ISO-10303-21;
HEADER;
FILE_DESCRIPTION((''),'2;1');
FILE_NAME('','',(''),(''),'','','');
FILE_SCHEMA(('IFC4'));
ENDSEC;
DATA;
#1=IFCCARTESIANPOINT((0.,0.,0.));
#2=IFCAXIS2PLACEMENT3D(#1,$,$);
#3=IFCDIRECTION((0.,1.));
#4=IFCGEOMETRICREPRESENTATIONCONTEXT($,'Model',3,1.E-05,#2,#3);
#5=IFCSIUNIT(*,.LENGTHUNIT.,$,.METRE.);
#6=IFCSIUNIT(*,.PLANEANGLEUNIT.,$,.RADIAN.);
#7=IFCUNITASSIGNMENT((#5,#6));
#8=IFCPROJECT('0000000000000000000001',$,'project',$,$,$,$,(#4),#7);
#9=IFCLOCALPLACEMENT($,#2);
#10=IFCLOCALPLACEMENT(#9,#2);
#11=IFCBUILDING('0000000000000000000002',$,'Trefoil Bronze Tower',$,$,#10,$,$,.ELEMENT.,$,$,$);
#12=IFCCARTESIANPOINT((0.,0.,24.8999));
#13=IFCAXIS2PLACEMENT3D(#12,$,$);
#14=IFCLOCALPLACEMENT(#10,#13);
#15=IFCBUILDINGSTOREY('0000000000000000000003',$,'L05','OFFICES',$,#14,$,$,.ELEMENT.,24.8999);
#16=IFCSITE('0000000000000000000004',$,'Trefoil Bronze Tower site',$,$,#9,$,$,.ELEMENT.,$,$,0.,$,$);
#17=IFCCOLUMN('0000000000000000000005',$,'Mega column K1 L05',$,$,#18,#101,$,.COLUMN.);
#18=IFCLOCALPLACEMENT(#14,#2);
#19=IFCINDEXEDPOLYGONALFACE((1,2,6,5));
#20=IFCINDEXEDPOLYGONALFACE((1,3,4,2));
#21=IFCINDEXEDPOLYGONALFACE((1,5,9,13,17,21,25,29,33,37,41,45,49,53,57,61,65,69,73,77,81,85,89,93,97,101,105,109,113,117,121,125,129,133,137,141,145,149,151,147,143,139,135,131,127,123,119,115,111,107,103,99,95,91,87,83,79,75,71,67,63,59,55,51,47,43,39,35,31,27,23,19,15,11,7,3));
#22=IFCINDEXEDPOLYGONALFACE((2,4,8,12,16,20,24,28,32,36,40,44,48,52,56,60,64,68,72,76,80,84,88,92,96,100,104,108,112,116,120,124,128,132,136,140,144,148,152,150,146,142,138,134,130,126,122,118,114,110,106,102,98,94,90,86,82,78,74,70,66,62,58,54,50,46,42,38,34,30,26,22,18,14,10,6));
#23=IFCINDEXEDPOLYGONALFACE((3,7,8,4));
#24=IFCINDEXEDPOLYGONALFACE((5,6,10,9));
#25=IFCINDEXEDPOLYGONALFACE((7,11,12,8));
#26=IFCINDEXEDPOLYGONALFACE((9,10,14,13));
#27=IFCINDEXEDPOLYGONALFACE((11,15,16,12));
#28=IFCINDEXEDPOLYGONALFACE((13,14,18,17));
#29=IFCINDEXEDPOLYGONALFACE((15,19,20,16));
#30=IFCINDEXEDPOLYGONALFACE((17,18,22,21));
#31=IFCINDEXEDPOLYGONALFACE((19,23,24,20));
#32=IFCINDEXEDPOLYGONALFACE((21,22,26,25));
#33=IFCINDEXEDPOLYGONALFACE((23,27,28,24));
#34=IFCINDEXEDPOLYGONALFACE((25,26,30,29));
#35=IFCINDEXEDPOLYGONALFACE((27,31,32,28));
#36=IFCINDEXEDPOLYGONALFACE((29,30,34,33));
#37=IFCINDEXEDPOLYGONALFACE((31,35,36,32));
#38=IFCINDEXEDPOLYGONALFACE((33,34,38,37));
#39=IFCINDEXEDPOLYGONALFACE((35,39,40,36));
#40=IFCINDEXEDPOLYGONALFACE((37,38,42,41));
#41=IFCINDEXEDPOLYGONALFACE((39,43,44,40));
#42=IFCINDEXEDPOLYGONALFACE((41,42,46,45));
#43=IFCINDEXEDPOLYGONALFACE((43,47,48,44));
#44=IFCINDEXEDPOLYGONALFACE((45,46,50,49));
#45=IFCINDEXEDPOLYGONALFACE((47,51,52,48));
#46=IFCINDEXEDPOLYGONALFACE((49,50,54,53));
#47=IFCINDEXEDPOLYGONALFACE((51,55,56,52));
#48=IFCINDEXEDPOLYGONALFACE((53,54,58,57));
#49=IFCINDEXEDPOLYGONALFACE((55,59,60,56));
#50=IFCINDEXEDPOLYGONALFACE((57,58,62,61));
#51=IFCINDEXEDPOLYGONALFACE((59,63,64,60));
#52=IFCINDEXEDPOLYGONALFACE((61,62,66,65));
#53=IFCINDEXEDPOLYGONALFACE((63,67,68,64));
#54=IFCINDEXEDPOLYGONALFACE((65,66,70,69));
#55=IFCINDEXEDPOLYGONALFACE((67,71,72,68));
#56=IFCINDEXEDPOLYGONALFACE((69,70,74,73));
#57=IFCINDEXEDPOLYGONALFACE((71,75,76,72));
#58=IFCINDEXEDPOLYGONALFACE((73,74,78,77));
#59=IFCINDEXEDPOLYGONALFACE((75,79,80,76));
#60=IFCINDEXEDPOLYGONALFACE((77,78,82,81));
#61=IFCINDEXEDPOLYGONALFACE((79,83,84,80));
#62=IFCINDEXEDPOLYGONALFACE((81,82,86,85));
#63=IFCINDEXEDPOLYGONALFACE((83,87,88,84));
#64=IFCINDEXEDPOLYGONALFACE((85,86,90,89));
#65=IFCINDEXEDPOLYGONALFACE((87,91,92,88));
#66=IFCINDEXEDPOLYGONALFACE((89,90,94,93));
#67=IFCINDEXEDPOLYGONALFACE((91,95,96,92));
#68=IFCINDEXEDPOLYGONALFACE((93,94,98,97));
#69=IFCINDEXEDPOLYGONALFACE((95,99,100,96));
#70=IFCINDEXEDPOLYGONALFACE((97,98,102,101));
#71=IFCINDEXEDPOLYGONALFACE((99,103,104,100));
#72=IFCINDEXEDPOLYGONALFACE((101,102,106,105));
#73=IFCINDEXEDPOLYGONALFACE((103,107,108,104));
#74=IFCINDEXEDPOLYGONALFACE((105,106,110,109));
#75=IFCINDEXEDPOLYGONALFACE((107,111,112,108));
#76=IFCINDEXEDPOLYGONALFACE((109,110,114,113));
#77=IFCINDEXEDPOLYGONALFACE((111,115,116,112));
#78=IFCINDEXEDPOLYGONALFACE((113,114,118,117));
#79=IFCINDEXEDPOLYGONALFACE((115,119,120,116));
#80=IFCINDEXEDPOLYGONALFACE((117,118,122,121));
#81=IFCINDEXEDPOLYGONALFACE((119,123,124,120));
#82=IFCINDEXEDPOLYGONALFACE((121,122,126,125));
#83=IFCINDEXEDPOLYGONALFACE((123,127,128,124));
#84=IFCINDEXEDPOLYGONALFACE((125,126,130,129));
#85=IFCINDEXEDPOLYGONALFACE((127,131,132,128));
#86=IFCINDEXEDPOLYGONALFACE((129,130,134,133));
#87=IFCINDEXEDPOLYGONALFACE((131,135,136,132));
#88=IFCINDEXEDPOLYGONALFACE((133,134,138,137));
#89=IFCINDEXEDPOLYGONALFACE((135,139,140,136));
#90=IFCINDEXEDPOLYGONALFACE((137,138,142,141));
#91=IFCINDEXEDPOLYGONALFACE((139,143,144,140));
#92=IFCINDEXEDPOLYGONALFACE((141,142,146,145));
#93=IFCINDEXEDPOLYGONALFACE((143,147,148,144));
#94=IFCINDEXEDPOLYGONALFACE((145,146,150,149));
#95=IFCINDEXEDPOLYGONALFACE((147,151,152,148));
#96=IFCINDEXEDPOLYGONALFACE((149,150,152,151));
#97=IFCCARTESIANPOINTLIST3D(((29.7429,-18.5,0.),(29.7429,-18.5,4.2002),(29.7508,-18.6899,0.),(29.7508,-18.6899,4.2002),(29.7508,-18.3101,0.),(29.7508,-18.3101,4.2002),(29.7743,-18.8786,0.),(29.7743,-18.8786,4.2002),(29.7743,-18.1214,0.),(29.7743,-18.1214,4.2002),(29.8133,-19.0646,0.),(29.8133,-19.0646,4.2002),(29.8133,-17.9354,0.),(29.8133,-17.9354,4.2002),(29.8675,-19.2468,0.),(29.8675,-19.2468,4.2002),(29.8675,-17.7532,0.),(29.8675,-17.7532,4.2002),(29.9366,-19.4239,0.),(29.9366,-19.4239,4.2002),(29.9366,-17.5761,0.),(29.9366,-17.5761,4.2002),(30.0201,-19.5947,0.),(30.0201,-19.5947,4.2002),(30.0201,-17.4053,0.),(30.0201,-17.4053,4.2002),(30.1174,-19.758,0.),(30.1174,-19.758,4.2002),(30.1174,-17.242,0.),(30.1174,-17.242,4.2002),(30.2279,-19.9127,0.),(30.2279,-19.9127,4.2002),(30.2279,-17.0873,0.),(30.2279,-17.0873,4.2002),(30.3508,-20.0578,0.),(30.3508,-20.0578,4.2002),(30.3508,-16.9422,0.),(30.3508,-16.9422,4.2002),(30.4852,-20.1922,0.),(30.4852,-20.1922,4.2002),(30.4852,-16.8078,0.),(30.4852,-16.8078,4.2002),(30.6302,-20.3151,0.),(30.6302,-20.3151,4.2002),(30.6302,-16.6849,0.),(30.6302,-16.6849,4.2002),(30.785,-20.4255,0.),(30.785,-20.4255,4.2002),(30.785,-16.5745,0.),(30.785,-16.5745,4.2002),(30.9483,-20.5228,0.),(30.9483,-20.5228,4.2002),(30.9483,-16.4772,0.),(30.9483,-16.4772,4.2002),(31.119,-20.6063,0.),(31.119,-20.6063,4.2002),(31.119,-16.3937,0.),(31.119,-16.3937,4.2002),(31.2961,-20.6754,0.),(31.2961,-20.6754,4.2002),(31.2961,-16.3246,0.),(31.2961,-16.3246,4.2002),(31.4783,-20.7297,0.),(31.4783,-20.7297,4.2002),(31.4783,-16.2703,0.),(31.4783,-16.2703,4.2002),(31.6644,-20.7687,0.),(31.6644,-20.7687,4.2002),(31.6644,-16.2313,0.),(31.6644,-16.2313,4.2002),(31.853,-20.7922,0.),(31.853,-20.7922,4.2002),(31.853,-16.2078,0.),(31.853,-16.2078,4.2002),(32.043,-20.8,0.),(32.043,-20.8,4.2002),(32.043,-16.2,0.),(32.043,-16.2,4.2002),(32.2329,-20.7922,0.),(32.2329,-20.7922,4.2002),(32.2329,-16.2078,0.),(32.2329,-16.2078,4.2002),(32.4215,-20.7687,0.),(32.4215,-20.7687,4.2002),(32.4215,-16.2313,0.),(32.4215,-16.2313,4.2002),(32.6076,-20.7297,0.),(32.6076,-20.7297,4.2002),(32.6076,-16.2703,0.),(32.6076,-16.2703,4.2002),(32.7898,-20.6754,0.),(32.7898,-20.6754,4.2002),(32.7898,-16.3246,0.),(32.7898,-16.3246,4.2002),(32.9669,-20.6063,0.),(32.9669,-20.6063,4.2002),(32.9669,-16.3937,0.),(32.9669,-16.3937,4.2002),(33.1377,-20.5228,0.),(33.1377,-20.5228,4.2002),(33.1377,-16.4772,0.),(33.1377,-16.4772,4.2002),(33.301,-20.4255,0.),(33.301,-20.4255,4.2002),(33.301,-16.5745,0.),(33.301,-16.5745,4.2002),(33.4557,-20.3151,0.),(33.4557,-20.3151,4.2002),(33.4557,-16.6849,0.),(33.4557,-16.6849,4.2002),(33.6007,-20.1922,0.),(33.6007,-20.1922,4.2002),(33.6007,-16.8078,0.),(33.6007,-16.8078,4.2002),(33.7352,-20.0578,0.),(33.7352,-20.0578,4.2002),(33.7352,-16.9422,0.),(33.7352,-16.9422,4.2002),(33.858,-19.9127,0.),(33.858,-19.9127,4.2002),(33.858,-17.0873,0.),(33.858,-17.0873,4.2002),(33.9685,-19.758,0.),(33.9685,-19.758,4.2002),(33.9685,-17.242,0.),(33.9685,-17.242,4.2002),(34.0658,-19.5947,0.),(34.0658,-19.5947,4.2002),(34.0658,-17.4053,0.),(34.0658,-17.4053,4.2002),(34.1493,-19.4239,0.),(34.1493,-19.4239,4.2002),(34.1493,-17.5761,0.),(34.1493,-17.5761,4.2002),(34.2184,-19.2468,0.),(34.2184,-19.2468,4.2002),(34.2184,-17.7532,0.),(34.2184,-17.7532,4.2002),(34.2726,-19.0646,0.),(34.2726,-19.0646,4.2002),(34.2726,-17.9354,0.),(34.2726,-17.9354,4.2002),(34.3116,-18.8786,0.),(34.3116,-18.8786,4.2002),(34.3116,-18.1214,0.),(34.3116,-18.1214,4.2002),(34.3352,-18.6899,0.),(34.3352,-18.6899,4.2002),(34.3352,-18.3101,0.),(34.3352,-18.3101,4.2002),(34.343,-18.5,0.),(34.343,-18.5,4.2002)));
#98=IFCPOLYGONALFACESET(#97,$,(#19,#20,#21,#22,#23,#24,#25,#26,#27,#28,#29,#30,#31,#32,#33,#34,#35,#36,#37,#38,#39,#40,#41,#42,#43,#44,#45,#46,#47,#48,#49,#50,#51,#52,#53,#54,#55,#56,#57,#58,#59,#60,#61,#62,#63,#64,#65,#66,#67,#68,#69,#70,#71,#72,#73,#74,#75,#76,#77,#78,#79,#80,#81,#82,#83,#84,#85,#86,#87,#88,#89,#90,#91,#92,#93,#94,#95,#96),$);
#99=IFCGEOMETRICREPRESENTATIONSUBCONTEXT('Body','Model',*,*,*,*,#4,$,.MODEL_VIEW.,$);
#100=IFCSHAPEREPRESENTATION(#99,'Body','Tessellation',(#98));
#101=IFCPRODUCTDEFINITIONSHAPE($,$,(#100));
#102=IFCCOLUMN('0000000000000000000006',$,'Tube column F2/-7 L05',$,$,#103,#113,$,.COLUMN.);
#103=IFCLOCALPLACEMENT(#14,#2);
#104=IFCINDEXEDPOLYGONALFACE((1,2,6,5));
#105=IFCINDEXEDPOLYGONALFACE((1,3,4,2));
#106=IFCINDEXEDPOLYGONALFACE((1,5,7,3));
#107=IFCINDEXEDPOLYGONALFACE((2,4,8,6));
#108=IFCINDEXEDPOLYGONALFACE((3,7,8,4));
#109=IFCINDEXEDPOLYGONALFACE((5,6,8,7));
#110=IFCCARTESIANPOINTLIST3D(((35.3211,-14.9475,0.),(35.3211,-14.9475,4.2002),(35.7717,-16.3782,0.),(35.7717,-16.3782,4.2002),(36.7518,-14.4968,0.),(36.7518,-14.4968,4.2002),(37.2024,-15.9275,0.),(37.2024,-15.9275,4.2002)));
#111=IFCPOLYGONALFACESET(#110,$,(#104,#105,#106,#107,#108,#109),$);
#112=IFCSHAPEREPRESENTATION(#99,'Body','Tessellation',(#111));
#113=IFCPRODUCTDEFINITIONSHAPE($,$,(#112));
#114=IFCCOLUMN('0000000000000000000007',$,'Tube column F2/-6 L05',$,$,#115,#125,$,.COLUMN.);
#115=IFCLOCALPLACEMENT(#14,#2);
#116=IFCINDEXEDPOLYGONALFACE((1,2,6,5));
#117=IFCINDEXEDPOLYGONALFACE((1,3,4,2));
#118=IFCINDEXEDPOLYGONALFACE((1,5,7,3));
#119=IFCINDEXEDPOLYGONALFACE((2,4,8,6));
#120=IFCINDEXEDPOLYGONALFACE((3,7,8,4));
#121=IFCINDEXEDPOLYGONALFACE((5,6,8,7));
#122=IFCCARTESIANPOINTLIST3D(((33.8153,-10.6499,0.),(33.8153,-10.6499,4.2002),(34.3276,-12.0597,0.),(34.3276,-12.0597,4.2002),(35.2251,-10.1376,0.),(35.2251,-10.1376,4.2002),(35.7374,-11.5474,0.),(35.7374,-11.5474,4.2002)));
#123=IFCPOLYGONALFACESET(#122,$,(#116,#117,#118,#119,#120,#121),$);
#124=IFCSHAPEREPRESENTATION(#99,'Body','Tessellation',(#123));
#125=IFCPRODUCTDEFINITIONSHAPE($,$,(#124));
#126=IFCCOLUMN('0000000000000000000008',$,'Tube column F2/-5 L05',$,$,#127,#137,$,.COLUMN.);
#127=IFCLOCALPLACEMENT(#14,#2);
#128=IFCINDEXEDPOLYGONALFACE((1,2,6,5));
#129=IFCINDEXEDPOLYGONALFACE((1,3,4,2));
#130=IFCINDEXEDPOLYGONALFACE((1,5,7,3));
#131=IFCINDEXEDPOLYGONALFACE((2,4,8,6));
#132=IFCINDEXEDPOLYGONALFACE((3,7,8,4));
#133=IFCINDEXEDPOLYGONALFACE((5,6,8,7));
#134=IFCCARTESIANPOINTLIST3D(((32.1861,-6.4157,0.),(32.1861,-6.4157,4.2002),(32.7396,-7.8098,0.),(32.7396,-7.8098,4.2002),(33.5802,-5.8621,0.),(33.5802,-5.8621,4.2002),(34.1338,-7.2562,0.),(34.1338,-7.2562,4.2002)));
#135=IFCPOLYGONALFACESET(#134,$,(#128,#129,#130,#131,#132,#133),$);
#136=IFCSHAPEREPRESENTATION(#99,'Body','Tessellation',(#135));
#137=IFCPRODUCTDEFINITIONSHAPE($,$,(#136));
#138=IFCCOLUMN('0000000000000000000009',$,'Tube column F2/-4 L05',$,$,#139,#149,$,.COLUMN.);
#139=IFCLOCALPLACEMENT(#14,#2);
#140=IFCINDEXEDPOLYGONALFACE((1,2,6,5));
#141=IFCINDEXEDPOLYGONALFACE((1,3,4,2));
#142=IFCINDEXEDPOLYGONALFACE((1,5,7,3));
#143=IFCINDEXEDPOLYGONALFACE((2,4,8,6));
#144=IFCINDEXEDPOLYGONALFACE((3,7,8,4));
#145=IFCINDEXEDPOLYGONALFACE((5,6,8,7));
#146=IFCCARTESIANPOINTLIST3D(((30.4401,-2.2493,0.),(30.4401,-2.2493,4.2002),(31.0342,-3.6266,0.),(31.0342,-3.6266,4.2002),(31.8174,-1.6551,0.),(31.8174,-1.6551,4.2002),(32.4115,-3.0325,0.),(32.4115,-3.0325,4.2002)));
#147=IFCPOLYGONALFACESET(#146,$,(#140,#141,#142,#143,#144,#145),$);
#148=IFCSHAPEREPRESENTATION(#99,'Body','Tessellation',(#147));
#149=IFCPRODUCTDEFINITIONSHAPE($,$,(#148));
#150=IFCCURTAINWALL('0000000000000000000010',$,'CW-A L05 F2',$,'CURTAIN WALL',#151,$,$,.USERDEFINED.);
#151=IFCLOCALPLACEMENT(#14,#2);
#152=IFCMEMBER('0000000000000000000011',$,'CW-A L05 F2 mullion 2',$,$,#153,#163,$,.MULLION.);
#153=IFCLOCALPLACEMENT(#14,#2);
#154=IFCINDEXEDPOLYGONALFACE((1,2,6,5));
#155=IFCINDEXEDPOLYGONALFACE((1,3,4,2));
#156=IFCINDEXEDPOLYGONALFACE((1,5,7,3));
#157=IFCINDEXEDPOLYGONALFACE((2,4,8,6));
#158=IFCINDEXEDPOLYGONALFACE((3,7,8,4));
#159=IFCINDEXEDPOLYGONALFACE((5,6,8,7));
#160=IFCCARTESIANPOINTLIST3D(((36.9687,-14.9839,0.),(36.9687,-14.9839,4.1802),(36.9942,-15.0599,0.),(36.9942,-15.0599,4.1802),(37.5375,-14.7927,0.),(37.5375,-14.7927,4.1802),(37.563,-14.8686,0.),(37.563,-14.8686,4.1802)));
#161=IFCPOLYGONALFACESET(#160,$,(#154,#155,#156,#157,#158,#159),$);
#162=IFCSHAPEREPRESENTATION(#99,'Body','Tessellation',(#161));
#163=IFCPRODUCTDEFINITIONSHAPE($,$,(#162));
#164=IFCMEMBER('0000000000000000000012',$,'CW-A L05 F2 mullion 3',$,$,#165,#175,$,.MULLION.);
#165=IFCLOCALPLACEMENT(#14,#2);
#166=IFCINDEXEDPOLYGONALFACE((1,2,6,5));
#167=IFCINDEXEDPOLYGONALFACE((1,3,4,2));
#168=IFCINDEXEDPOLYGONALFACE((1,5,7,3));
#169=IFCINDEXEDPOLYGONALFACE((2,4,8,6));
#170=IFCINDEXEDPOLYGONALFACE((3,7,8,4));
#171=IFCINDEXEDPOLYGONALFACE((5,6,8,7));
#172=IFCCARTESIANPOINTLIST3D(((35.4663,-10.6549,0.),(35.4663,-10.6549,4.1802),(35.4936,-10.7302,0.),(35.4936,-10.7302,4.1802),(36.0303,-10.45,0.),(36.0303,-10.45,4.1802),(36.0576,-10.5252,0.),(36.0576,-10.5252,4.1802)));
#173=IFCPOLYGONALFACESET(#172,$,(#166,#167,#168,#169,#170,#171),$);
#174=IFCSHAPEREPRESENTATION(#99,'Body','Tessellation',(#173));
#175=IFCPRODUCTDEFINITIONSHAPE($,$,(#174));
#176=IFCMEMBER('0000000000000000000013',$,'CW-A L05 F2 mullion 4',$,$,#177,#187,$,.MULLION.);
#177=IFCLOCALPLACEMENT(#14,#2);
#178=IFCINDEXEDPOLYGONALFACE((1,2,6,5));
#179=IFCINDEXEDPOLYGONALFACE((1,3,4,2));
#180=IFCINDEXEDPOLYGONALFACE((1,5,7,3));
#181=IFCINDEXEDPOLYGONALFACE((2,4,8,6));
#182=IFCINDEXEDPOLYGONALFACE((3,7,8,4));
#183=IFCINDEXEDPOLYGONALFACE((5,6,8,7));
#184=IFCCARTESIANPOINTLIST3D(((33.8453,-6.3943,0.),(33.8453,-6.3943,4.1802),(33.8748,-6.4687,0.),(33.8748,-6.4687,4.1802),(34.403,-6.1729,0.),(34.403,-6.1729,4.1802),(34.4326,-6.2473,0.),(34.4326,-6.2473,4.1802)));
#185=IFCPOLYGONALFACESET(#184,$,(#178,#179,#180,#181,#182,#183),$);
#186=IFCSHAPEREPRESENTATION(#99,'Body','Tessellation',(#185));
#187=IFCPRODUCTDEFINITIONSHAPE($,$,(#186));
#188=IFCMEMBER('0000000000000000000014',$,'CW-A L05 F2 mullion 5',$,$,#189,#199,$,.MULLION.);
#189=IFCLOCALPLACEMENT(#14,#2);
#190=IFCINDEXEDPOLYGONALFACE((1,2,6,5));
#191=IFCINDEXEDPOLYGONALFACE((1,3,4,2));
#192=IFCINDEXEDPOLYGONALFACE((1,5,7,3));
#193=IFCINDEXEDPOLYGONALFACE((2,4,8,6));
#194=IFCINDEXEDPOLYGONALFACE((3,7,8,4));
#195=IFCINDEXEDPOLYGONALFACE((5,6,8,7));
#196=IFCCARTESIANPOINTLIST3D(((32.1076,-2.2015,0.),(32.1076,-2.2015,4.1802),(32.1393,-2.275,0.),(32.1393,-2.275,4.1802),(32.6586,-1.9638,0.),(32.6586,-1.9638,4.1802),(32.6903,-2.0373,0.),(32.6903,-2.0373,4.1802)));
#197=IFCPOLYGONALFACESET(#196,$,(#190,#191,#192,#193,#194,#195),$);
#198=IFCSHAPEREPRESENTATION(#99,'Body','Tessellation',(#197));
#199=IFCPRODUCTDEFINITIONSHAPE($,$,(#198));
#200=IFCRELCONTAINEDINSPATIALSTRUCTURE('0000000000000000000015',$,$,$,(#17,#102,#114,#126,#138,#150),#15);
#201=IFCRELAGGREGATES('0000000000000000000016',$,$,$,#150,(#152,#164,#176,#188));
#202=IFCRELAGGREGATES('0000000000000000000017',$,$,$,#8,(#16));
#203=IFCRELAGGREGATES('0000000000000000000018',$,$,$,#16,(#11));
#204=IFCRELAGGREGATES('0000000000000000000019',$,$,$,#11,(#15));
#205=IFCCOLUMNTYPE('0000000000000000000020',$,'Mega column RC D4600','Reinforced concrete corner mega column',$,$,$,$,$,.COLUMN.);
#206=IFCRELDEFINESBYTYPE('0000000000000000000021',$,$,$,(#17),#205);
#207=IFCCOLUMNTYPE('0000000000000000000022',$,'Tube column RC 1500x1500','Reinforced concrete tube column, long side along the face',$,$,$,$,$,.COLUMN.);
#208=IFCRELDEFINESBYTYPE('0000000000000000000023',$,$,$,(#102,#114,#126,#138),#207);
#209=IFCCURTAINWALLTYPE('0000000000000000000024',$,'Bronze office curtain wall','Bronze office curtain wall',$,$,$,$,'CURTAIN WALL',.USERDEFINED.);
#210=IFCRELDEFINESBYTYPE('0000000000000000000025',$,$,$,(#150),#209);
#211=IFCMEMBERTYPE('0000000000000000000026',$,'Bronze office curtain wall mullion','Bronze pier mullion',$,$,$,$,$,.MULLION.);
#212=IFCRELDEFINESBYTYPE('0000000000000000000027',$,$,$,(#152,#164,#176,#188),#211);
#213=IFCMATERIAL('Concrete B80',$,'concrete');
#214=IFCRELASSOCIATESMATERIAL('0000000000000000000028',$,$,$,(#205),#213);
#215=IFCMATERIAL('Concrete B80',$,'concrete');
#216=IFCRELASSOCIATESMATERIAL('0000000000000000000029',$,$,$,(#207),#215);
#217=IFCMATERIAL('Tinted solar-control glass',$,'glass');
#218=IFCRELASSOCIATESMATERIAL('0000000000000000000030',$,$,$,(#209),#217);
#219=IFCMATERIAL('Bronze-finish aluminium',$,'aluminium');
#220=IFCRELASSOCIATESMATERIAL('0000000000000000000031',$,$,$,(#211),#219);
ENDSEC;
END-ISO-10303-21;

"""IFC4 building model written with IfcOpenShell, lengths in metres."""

from ifc_helpers import new_model, si_unit, direction, frame, origin, origin_2d, place, context, subcontext, project, spatial, rectangle, circle, extrude, material, material_profile, profile_set, type_object, element, aggregate, save


model = new_model("IFC4")

# Units and contexts
model_context = context("Model", 3, precision=1e-05, world=origin(), true_north=direction((0.0, 1.0)))
body_context = subcontext(model_context, "Body", "Model", "MODEL_VIEW")
ifc_project = project(units=[si_unit("LENGTHUNIT", "METRE"), si_unit("PLANEANGLEUNIT", "RADIAN")], contexts=[model_context])

# Site, building, storey
site_placement = place(None, origin())
site = spatial("IfcSite", under=ifc_project, at=site_placement, Name="Trefoil Bronze Tower site", CompositionType="ELEMENT", RefElevation=0.0)
building_placement = place(site_placement, origin())
building = spatial("IfcBuilding", under=site, at=building_placement, Name="Trefoil Bronze Tower", CompositionType="ELEMENT")
storey_placement = place(building_placement, frame((0.0, 0.0, 24.8999)))
storey = spatial("IfcBuildingStorey", under=building, at=storey_placement, Name="L05", Description="OFFICES", CompositionType="ELEMENT", Elevation=24.8999)

# Columns
ifc_material_1 = material(Name="Concrete B80", Category="concrete")
ifc_material_profile_1 = material_profile(ifc_material_1, circle(Radius=2.3, at=origin_2d()), Name="RC D4600")
ifc_profile_set_1 = profile_set([ifc_material_profile_1], Name="Concrete B80")
column_type_1 = type_object("IfcColumnType", Name="Mega column RC D4600", Description="Reinforced concrete corner mega column", PredefinedType="COLUMN", material=ifc_profile_set_1)
column_placement = place(storey_placement, frame((32.043, -18.5, 0.0), z_axis=(0.0, 0.0, 1.0), x_axis=(1.0, 0.0, 0.0)))
element("IfcColumn", 1, at=column_placement, inside=storey, type_object=column_type_1, Name="Mega column K1 L05", PredefinedType="COLUMN", context=body_context, shape_type="SweptSolid", body=[
    extrude(circle(Radius=2.3, at=origin_2d()), origin(), (0.0, 0.0, 1.0), 4.2002),
])
ifc_material_2 = material(Name="Concrete B80", Category="concrete")
ifc_material_profile_2 = material_profile(ifc_material_2, rectangle(XDim=1.5, YDim=1.5, at=origin_2d()), Name="RC 1500x1500")
ifc_profile_set_2 = profile_set([ifc_material_profile_2], Name="Concrete B80")
column_type_2 = type_object("IfcColumnType", Name="Tube column RC 1500x1500", Description="Reinforced concrete tube column, long side along the face", PredefinedType="COLUMN", material=ifc_profile_set_2)
for number, where, z_axis, x_axis, name in (
    (2, (36.2617, -15.4375, 0.0), (0.0, 0.0, 1.0), (-0.300414, 0.953809, 0.0), "Tube column F2/-7 L05"),
    (3, (34.7764, -11.0986, 0.0), (0.0, 0.0, 1.0), (-0.341559, 0.93986, 0.0), "Tube column F2/-6 L05"),
    (4, (33.1599, -6.8359, 0.0), (0.0, 0.0, 1.0), (-0.36904, 0.929414, 0.0), "Tube column F2/-5 L05"),
    (5, (31.4258, -2.6409, 0.0), (0.0, 0.0, 1.0), (-0.396085, 0.918214, 0.0), "Tube column F2/-4 L05"),
):
    element("IfcColumn", number, at=place(storey_placement, frame(where, z_axis=z_axis, x_axis=x_axis)), inside=storey, type_object=column_type_2, Name=name, PredefinedType="COLUMN", context=body_context, shape_type="SweptSolid", body=[
        extrude(rectangle(XDim=1.5, YDim=1.5, at=origin_2d()), origin(), (0.0, 0.0, 1.0), 4.2002),
    ])

# Curtain wall, members
ifc_material_3 = material(Name="Tinted solar-control glass", Category="glass")
curtain_wall_type_1 = type_object("IfcCurtainWallType", Name="Bronze office curtain wall", Description="Bronze office curtain wall", ElementType="CURTAIN WALL", PredefinedType="USERDEFINED", material=ifc_material_3)
curtain_wall_1_placement = place(storey_placement, origin())
curtain_wall_1 = element("IfcCurtainWall", 6, at=curtain_wall_1_placement, inside=storey, type_object=curtain_wall_type_1, Name="CW-A L05 F2", ObjectType="CURTAIN WALL", PredefinedType="USERDEFINED")
ifc_material_4 = material(Name="Bronze-finish aluminium", Category="aluminium")
ifc_material_profile_3 = material_profile(ifc_material_4, rectangle(XDim=0.6001, YDim=0.0801, at=origin_2d()), Name="CW-A mullion")
ifc_profile_set_3 = profile_set([ifc_material_profile_3], Name="Bronze-finish aluminium")
member_type_1 = type_object("IfcMemberType", Name="Bronze office curtain wall mullion", Description="Bronze pier mullion", PredefinedType="MULLION", material=ifc_profile_set_3)
member_1_placement = place(storey_placement, frame((37.2659, -14.9263, 0.0), z_axis=(0.0, 0.0, 1.0), x_axis=(-0.947851, -0.318715, 0.0)))
member_1 = element("IfcMember", 7, at=member_1_placement, type_object=member_type_1, Name="CW-A L05 F2 mullion 2", PredefinedType="MULLION", context=body_context, shape_type="SweptSolid", body=[
    extrude(rectangle(XDim=0.6001, YDim=0.0801, at=origin_2d()), origin(), (0.0, 0.0, 1.0), 4.1802),
])
member_2_placement = place(storey_placement, frame((35.762, -10.5901, 0.0), z_axis=(0.0, 0.0, 1.0), x_axis=(-0.93986, -0.341559, 0.0)))
member_2 = element("IfcMember", 8, at=member_2_placement, type_object=member_type_1, Name="CW-A L05 F2 mullion 3", PredefinedType="MULLION", context=body_context, shape_type="SweptSolid", body=[
    extrude(rectangle(XDim=0.6001, YDim=0.0801, at=origin_2d()), origin(), (0.0, 0.0, 1.0), 4.1802),
])
member_3_placement = place(storey_placement, frame((34.1389, -6.3208, 0.0), z_axis=(0.0, 0.0, 1.0), x_axis=(-0.929414, -0.36904, 0.0)))
member_3 = element("IfcMember", 9, at=member_3_placement, type_object=member_type_1, Name="CW-A L05 F2 mullion 4", PredefinedType="MULLION", context=body_context, shape_type="SweptSolid", body=[
    extrude(rectangle(XDim=0.6001, YDim=0.0801, at=origin_2d()), origin(), (0.0, 0.0, 1.0), 4.1802),
])
member_4_placement = place(storey_placement, frame((32.3989, -2.1194, 0.0), z_axis=(0.0, 0.0, 1.0), x_axis=(-0.918214, -0.396085, 0.0)))
member_4 = element("IfcMember", 10, at=member_4_placement, type_object=member_type_1, Name="CW-A L05 F2 mullion 5", PredefinedType="MULLION", context=body_context, shape_type="SweptSolid", body=[
    extrude(rectangle(XDim=0.6001, YDim=0.0801, at=origin_2d()), origin(), (0.0, 0.0, 1.0), 4.1802),
])

aggregate(curtain_wall_1, [member_1, member_2, member_3, member_4])

save(model, "model.ifc")
